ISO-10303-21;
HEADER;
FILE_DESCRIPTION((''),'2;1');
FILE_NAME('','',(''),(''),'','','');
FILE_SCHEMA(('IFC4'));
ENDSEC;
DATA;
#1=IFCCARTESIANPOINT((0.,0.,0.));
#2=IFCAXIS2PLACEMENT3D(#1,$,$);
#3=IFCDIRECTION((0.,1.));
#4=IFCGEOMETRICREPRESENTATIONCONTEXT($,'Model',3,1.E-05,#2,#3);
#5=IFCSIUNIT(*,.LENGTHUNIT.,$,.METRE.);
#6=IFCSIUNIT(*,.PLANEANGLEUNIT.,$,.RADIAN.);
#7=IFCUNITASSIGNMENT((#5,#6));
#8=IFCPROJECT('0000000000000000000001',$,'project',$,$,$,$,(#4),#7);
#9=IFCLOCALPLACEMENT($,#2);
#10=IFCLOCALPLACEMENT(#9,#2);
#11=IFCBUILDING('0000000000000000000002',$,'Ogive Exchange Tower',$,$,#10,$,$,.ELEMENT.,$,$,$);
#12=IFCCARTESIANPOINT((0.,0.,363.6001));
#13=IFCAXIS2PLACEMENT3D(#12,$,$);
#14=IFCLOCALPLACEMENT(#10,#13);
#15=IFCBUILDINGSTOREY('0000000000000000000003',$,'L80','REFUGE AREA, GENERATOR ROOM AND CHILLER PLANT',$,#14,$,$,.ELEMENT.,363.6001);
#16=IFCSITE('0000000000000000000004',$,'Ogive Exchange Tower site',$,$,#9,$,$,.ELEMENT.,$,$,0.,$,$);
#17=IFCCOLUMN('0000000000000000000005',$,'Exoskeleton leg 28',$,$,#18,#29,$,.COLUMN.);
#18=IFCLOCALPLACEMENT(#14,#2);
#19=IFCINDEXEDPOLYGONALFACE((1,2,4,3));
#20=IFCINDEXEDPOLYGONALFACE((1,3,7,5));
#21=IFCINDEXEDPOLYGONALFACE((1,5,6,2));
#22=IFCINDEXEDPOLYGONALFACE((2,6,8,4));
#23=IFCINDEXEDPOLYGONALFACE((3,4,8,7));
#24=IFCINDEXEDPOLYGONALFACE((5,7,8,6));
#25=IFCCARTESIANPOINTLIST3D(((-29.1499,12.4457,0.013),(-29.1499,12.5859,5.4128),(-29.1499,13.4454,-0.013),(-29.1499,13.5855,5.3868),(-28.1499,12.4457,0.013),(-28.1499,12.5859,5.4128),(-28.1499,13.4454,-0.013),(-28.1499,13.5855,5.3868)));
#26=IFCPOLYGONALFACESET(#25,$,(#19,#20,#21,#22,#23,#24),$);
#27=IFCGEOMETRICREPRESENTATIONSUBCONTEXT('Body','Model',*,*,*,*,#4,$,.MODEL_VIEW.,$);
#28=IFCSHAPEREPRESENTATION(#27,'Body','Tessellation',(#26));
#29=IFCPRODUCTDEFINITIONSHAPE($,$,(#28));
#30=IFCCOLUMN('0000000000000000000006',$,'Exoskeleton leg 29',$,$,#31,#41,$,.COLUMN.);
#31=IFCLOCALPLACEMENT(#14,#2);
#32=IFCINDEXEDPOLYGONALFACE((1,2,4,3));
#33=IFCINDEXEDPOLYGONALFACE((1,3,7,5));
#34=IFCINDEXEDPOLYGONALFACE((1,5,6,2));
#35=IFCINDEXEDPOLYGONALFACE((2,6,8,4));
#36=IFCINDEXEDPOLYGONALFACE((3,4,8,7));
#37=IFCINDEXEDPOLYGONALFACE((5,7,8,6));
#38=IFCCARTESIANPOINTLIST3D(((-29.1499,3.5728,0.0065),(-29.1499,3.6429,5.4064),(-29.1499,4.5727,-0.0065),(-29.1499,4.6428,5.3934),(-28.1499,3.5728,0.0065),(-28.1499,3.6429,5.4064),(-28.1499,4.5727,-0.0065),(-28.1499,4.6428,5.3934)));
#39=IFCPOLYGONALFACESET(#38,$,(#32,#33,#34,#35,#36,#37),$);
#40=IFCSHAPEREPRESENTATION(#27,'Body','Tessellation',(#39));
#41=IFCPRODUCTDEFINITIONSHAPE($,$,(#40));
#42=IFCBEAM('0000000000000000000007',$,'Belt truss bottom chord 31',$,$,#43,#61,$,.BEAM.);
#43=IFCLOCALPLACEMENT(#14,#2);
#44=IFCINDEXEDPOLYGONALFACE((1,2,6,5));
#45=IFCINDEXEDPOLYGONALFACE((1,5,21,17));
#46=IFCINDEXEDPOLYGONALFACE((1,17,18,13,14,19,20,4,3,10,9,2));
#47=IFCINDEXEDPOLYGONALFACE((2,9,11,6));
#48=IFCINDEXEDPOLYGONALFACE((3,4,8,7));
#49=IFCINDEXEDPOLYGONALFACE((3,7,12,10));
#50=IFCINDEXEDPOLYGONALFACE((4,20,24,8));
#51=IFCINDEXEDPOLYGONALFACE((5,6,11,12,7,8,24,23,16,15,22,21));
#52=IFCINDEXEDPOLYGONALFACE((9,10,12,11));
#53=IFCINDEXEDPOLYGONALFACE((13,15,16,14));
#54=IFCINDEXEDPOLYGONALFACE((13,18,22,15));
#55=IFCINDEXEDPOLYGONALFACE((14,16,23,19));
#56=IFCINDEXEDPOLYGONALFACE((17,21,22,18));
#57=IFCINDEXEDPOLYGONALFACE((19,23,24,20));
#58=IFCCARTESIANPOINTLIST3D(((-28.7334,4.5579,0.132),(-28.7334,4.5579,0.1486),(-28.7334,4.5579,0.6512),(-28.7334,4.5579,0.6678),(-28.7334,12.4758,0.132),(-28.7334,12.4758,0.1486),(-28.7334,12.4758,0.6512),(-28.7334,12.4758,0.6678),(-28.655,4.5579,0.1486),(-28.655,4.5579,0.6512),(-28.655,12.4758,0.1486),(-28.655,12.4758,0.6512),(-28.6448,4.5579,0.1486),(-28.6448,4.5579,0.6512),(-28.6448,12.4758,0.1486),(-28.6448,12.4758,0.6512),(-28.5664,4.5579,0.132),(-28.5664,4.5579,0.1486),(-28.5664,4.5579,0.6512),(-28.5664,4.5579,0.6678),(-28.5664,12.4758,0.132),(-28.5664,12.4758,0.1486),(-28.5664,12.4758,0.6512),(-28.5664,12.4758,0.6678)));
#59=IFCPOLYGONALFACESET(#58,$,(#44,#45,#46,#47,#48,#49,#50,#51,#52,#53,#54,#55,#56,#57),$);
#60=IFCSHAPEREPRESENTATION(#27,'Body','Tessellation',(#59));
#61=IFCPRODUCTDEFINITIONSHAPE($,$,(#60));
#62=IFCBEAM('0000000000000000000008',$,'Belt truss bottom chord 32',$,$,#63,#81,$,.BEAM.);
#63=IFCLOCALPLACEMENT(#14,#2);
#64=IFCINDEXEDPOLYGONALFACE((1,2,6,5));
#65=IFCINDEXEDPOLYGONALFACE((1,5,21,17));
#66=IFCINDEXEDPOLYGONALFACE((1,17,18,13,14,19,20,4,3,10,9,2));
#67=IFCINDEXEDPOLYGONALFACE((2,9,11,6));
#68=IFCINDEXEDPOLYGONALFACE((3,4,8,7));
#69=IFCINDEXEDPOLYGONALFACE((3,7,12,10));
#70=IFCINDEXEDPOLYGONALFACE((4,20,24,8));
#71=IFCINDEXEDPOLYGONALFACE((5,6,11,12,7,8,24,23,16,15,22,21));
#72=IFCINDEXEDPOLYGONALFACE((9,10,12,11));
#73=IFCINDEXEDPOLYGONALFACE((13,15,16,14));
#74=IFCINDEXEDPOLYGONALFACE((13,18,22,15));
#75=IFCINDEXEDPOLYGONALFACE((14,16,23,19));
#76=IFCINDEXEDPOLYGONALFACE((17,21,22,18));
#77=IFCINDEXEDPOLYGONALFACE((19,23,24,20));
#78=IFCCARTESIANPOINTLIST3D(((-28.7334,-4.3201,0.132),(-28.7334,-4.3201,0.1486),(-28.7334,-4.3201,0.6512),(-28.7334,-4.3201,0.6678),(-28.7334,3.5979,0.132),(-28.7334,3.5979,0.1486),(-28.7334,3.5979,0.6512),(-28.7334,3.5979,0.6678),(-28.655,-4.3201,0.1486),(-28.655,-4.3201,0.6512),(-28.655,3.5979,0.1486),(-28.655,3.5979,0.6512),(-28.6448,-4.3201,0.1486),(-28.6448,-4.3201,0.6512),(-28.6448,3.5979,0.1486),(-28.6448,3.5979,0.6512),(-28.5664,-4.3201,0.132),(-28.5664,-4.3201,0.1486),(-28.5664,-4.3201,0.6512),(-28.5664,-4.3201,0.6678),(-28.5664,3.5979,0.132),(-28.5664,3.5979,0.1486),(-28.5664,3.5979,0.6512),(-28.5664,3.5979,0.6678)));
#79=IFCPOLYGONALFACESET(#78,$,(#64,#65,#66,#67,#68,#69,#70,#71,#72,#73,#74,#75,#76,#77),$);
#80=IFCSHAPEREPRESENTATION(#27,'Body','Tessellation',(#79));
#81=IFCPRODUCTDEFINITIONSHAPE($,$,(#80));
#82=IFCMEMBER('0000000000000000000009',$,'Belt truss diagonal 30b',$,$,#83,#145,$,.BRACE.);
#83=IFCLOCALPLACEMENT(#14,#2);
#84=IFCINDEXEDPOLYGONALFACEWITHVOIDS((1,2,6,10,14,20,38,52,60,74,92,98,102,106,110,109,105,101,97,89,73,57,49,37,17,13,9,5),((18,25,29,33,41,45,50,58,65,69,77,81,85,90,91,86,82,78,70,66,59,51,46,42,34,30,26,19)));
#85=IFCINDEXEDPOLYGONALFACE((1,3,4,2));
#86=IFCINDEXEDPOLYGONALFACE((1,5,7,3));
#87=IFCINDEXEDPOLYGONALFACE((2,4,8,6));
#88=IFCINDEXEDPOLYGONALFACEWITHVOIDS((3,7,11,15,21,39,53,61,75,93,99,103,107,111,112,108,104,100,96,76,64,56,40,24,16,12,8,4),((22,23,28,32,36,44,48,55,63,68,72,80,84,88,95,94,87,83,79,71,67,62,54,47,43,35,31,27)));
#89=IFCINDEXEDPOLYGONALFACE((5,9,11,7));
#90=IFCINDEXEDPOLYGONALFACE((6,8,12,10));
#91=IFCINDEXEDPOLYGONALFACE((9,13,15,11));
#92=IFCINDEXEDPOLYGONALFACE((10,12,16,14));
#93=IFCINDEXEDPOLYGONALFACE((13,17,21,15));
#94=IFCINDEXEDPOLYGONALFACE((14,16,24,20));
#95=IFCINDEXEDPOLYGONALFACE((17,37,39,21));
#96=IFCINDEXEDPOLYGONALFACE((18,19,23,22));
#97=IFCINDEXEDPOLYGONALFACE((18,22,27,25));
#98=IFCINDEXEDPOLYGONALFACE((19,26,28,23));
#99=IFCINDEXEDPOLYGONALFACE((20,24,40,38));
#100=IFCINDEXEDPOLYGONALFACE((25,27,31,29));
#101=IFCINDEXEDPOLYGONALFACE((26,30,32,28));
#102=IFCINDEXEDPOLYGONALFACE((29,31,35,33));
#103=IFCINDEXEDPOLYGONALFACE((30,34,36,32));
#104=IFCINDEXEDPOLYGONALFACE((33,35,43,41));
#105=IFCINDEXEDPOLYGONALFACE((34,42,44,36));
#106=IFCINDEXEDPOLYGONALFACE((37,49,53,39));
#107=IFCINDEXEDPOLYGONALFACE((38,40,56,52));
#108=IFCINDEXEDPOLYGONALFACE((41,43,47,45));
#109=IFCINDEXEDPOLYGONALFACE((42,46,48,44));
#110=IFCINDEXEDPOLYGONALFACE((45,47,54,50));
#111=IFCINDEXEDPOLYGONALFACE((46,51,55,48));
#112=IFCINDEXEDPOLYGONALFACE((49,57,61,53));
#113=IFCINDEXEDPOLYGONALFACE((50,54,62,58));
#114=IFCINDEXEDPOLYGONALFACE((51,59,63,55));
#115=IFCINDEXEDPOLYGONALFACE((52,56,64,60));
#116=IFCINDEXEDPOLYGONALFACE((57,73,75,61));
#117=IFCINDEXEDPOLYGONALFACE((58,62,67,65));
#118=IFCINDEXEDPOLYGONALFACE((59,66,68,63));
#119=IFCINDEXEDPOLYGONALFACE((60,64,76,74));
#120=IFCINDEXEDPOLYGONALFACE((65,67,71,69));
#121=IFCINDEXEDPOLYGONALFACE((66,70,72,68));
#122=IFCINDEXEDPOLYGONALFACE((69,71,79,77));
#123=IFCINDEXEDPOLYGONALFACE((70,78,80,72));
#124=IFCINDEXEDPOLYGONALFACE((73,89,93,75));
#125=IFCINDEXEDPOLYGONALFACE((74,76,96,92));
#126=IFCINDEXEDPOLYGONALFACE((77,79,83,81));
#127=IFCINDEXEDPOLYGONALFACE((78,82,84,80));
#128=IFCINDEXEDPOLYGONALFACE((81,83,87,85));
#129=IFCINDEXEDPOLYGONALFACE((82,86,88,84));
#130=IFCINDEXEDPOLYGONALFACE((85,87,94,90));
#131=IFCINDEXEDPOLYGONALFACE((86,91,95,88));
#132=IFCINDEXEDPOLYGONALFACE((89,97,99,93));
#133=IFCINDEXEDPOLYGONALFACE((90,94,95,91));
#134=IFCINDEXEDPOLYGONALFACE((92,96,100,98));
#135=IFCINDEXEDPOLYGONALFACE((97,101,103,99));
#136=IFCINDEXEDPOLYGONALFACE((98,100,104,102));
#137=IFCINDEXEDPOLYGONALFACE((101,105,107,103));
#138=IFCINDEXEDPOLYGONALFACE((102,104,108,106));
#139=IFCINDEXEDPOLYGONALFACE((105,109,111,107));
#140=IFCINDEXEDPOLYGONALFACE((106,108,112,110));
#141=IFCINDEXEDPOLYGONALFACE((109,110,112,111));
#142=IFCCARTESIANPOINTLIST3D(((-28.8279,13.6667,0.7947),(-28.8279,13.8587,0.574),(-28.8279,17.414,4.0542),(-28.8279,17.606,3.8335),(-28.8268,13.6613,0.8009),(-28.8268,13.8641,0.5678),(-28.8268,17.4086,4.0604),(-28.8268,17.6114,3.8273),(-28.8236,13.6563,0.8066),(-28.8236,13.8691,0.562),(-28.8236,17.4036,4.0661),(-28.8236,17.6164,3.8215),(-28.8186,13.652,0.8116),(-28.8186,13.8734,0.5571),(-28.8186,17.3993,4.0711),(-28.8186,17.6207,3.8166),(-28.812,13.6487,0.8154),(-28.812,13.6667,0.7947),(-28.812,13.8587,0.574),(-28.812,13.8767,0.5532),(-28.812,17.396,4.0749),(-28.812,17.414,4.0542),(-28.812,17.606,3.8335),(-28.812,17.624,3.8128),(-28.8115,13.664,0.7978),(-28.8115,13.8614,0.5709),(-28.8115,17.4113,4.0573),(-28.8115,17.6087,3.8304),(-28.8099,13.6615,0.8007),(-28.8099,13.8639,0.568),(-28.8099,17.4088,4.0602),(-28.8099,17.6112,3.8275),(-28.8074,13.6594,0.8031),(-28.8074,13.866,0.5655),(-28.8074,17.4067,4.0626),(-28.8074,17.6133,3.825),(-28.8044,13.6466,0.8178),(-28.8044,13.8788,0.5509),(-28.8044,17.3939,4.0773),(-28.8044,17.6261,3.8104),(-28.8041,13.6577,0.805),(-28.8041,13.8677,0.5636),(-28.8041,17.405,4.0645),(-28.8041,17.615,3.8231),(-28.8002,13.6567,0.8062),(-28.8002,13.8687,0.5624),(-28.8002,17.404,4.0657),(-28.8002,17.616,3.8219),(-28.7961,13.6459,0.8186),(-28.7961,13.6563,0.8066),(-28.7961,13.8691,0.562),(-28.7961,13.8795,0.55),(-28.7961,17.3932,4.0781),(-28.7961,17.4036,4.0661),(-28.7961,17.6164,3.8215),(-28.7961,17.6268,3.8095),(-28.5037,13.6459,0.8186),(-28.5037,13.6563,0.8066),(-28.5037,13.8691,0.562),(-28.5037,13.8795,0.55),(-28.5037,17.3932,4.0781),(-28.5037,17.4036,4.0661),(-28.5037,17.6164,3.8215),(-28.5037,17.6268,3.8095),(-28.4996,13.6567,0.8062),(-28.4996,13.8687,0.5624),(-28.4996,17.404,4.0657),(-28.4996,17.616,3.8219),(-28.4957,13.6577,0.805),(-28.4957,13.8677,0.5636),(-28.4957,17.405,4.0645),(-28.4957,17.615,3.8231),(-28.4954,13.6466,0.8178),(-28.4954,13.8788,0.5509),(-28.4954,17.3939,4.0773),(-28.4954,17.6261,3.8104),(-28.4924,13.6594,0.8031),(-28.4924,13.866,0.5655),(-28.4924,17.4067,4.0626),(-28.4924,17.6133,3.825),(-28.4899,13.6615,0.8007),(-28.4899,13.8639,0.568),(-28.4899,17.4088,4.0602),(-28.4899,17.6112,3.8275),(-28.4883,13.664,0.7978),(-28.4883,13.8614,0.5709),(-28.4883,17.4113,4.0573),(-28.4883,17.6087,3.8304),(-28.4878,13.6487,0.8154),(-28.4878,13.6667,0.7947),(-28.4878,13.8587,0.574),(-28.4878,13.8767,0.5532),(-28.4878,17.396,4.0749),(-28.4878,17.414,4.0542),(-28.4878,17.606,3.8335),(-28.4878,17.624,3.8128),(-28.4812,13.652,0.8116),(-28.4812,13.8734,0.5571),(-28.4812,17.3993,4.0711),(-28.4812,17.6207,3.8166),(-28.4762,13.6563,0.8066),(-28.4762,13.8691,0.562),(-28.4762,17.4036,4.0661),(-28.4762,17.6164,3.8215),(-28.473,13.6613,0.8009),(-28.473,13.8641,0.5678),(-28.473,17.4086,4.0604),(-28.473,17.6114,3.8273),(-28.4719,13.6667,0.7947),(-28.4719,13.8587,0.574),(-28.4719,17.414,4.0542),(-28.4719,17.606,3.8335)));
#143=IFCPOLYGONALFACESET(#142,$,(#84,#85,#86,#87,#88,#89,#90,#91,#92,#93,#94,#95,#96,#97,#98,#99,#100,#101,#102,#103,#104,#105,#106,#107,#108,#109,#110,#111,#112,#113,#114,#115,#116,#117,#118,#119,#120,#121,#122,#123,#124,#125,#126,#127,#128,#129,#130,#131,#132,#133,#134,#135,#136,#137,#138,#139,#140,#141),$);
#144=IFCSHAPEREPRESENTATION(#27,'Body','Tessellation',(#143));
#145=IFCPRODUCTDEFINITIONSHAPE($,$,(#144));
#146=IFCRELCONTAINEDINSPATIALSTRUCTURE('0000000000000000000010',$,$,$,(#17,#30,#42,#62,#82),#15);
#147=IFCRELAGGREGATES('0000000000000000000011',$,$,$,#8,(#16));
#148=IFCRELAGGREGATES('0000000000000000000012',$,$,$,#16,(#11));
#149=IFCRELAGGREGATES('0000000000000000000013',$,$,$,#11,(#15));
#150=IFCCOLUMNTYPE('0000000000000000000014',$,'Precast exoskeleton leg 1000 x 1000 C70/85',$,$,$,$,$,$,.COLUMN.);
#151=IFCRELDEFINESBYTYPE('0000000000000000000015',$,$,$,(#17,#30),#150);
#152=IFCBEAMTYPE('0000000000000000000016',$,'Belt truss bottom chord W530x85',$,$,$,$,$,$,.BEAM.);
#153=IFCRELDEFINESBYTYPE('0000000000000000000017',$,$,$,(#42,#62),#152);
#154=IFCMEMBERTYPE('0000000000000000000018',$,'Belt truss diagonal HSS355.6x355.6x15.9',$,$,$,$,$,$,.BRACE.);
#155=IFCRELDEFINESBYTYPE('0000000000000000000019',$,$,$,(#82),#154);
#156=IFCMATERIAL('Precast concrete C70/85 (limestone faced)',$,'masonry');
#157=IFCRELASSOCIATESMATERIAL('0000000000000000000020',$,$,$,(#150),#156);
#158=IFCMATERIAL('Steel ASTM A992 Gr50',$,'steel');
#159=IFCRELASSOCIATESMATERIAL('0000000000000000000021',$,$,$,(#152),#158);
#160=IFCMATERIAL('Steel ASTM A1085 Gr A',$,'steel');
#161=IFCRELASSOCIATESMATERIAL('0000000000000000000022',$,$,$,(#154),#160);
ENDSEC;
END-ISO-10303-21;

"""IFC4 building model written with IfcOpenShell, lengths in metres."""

from ifc_helpers import new_model, si_unit, direction, frame, origin, origin_2d, place, context, subcontext, project, spatial, rectangle, hollow_rectangle, i_section, extrude, material, material_profile, profile_set, type_object, element, save


model = new_model("IFC4")

# Units and contexts
model_context = context("Model", 3, precision=1e-05, world=origin(), true_north=direction((0.0, 1.0)))
body_context = subcontext(model_context, "Body", "Model", "MODEL_VIEW")
ifc_project = project(units=[si_unit("LENGTHUNIT", "METRE"), si_unit("PLANEANGLEUNIT", "RADIAN")], contexts=[model_context])

# Site, building, storey
site_placement = place(None, origin())
site = spatial("IfcSite", under=ifc_project, at=site_placement, Name="Ogive Exchange Tower site", CompositionType="ELEMENT", RefElevation=0.0)
building_placement = place(site_placement, origin())
building = spatial("IfcBuilding", under=site, at=building_placement, Name="Ogive Exchange Tower", CompositionType="ELEMENT")
storey_placement = place(building_placement, frame((0.0, 0.0, 363.6001)))
storey = spatial("IfcBuildingStorey", under=building, at=storey_placement, Name="L80", Description="REFUGE AREA, GENERATOR ROOM AND CHILLER PLANT", CompositionType="ELEMENT", Elevation=363.6001)

# Columns
ifc_material_1 = material(Name="Precast concrete C70/85 (limestone faced)", Category="masonry")
ifc_material_profile_1 = material_profile(ifc_material_1, rectangle(XDim=1.0, YDim=1.0, at=origin_2d()), Name="1000 x 1000")
ifc_profile_set_1 = profile_set([ifc_material_profile_1], Name="Precast concrete C70/85 (limestone faced)")
column_type = type_object("IfcColumnType", Name="Precast exoskeleton leg 1000 x 1000 C70/85", PredefinedType="COLUMN", material=ifc_profile_set_1)
column_1_placement = place(storey_placement, frame((-28.6499, 12.9456, 0.0), z_axis=(0.0, 0.025943, 0.999663), x_axis=(-1.0, 0.0, 0.0)))
element("IfcColumn", 1, at=column_1_placement, inside=storey, type_object=column_type, Name="Exoskeleton leg 28", PredefinedType="COLUMN", context=body_context, shape_type="SweptSolid", body=[
    extrude(rectangle(XDim=1.0, YDim=1.0, at=origin_2d()), origin(), (0.0, 0.0, 1.0), 5.4016),
])
column_2_placement = place(storey_placement, frame((-28.6499, 4.0728, 0.0), z_axis=(0.0, 0.012975, 0.999916), x_axis=(-1.0, 0.0, 0.0)))
element("IfcColumn", 2, at=column_2_placement, inside=storey, type_object=column_type, Name="Exoskeleton leg 29", PredefinedType="COLUMN", context=body_context, shape_type="SweptSolid", body=[
    extrude(rectangle(XDim=1.0, YDim=1.0, at=origin_2d()), origin(), (0.0, 0.0, 1.0), 5.4004),
])

# Beams
ifc_material_2 = material(Name="Steel ASTM A992 Gr50", Category="steel")
ifc_material_profile_2 = material_profile(ifc_material_2, i_section(OverallWidth=0.167, OverallDepth=0.5359, WebThickness=0.0103, FlangeThickness=0.0166, at=origin_2d()), Name="W530x85")
ifc_profile_set_2 = profile_set([ifc_material_profile_2], Name="Steel ASTM A992 Gr50")
beam_type_1 = type_object("IfcBeamType", Name="Belt truss bottom chord W530x85", PredefinedType="BEAM", material=ifc_profile_set_2)
for number, where, z_axis, x_axis, name in (
    (3, (-28.6499, 12.4758, 0.3999), (0.0, -1.0, 0.0), (1.0, 0.0, 0.0), "Belt truss bottom chord 31"),
    (4, (-28.6499, 3.5979, 0.3999), (0.0, -1.0, 0.0), (1.0, 0.0, 0.0), "Belt truss bottom chord 32"),
):
    element("IfcBeam", number, at=place(storey_placement, frame(where, z_axis=z_axis, x_axis=x_axis)), inside=storey, type_object=beam_type_1, Name=name, PredefinedType="BEAM", context=body_context, shape_type="SweptSolid", body=[
        extrude(i_section(OverallWidth=0.167, OverallDepth=0.5359, WebThickness=0.0103, FlangeThickness=0.0166, at=origin_2d()), origin(), (0.0, 0.0, 1.0), 7.918),
    ])

# Member
ifc_material_3 = material(Name="Steel ASTM A1085 Gr A", Category="steel")
ifc_material_profile_3 = material_profile(ifc_material_3, hollow_rectangle(XDim=0.356, YDim=0.356, WallThickness=0.0159, InnerFilletRadius=0.0159, OuterFilletRadius=0.0317, at=origin_2d()), Name="HSS355.6x355.6x15.9")
ifc_profile_set_3 = profile_set([ifc_material_profile_3], Name="Steel ASTM A1085 Gr A")
member_type = type_object("IfcMemberType", Name="Belt truss diagonal HSS355.6x355.6x15.9", PredefinedType="BRACE", material=ifc_profile_set_3)
member_1_placement = place(storey_placement, frame((-28.6499, 13.7627, 0.6843), z_axis=(0.0, 0.754507, 0.656292), x_axis=(-1.0, 0.0, 0.0)))
element("IfcMember", 5, at=member_1_placement, inside=storey, type_object=member_type, Name="Belt truss diagonal 30b", PredefinedType="BRACE", context=body_context, shape_type="SweptSolid", body=[
    extrude(hollow_rectangle(XDim=0.356, YDim=0.356, WallThickness=0.0159, InnerFilletRadius=0.0159, OuterFilletRadius=0.0317, at=origin_2d()), origin(), (0.0, 0.0, 1.0), 4.9666),
])

save(model, "model.ifc")
